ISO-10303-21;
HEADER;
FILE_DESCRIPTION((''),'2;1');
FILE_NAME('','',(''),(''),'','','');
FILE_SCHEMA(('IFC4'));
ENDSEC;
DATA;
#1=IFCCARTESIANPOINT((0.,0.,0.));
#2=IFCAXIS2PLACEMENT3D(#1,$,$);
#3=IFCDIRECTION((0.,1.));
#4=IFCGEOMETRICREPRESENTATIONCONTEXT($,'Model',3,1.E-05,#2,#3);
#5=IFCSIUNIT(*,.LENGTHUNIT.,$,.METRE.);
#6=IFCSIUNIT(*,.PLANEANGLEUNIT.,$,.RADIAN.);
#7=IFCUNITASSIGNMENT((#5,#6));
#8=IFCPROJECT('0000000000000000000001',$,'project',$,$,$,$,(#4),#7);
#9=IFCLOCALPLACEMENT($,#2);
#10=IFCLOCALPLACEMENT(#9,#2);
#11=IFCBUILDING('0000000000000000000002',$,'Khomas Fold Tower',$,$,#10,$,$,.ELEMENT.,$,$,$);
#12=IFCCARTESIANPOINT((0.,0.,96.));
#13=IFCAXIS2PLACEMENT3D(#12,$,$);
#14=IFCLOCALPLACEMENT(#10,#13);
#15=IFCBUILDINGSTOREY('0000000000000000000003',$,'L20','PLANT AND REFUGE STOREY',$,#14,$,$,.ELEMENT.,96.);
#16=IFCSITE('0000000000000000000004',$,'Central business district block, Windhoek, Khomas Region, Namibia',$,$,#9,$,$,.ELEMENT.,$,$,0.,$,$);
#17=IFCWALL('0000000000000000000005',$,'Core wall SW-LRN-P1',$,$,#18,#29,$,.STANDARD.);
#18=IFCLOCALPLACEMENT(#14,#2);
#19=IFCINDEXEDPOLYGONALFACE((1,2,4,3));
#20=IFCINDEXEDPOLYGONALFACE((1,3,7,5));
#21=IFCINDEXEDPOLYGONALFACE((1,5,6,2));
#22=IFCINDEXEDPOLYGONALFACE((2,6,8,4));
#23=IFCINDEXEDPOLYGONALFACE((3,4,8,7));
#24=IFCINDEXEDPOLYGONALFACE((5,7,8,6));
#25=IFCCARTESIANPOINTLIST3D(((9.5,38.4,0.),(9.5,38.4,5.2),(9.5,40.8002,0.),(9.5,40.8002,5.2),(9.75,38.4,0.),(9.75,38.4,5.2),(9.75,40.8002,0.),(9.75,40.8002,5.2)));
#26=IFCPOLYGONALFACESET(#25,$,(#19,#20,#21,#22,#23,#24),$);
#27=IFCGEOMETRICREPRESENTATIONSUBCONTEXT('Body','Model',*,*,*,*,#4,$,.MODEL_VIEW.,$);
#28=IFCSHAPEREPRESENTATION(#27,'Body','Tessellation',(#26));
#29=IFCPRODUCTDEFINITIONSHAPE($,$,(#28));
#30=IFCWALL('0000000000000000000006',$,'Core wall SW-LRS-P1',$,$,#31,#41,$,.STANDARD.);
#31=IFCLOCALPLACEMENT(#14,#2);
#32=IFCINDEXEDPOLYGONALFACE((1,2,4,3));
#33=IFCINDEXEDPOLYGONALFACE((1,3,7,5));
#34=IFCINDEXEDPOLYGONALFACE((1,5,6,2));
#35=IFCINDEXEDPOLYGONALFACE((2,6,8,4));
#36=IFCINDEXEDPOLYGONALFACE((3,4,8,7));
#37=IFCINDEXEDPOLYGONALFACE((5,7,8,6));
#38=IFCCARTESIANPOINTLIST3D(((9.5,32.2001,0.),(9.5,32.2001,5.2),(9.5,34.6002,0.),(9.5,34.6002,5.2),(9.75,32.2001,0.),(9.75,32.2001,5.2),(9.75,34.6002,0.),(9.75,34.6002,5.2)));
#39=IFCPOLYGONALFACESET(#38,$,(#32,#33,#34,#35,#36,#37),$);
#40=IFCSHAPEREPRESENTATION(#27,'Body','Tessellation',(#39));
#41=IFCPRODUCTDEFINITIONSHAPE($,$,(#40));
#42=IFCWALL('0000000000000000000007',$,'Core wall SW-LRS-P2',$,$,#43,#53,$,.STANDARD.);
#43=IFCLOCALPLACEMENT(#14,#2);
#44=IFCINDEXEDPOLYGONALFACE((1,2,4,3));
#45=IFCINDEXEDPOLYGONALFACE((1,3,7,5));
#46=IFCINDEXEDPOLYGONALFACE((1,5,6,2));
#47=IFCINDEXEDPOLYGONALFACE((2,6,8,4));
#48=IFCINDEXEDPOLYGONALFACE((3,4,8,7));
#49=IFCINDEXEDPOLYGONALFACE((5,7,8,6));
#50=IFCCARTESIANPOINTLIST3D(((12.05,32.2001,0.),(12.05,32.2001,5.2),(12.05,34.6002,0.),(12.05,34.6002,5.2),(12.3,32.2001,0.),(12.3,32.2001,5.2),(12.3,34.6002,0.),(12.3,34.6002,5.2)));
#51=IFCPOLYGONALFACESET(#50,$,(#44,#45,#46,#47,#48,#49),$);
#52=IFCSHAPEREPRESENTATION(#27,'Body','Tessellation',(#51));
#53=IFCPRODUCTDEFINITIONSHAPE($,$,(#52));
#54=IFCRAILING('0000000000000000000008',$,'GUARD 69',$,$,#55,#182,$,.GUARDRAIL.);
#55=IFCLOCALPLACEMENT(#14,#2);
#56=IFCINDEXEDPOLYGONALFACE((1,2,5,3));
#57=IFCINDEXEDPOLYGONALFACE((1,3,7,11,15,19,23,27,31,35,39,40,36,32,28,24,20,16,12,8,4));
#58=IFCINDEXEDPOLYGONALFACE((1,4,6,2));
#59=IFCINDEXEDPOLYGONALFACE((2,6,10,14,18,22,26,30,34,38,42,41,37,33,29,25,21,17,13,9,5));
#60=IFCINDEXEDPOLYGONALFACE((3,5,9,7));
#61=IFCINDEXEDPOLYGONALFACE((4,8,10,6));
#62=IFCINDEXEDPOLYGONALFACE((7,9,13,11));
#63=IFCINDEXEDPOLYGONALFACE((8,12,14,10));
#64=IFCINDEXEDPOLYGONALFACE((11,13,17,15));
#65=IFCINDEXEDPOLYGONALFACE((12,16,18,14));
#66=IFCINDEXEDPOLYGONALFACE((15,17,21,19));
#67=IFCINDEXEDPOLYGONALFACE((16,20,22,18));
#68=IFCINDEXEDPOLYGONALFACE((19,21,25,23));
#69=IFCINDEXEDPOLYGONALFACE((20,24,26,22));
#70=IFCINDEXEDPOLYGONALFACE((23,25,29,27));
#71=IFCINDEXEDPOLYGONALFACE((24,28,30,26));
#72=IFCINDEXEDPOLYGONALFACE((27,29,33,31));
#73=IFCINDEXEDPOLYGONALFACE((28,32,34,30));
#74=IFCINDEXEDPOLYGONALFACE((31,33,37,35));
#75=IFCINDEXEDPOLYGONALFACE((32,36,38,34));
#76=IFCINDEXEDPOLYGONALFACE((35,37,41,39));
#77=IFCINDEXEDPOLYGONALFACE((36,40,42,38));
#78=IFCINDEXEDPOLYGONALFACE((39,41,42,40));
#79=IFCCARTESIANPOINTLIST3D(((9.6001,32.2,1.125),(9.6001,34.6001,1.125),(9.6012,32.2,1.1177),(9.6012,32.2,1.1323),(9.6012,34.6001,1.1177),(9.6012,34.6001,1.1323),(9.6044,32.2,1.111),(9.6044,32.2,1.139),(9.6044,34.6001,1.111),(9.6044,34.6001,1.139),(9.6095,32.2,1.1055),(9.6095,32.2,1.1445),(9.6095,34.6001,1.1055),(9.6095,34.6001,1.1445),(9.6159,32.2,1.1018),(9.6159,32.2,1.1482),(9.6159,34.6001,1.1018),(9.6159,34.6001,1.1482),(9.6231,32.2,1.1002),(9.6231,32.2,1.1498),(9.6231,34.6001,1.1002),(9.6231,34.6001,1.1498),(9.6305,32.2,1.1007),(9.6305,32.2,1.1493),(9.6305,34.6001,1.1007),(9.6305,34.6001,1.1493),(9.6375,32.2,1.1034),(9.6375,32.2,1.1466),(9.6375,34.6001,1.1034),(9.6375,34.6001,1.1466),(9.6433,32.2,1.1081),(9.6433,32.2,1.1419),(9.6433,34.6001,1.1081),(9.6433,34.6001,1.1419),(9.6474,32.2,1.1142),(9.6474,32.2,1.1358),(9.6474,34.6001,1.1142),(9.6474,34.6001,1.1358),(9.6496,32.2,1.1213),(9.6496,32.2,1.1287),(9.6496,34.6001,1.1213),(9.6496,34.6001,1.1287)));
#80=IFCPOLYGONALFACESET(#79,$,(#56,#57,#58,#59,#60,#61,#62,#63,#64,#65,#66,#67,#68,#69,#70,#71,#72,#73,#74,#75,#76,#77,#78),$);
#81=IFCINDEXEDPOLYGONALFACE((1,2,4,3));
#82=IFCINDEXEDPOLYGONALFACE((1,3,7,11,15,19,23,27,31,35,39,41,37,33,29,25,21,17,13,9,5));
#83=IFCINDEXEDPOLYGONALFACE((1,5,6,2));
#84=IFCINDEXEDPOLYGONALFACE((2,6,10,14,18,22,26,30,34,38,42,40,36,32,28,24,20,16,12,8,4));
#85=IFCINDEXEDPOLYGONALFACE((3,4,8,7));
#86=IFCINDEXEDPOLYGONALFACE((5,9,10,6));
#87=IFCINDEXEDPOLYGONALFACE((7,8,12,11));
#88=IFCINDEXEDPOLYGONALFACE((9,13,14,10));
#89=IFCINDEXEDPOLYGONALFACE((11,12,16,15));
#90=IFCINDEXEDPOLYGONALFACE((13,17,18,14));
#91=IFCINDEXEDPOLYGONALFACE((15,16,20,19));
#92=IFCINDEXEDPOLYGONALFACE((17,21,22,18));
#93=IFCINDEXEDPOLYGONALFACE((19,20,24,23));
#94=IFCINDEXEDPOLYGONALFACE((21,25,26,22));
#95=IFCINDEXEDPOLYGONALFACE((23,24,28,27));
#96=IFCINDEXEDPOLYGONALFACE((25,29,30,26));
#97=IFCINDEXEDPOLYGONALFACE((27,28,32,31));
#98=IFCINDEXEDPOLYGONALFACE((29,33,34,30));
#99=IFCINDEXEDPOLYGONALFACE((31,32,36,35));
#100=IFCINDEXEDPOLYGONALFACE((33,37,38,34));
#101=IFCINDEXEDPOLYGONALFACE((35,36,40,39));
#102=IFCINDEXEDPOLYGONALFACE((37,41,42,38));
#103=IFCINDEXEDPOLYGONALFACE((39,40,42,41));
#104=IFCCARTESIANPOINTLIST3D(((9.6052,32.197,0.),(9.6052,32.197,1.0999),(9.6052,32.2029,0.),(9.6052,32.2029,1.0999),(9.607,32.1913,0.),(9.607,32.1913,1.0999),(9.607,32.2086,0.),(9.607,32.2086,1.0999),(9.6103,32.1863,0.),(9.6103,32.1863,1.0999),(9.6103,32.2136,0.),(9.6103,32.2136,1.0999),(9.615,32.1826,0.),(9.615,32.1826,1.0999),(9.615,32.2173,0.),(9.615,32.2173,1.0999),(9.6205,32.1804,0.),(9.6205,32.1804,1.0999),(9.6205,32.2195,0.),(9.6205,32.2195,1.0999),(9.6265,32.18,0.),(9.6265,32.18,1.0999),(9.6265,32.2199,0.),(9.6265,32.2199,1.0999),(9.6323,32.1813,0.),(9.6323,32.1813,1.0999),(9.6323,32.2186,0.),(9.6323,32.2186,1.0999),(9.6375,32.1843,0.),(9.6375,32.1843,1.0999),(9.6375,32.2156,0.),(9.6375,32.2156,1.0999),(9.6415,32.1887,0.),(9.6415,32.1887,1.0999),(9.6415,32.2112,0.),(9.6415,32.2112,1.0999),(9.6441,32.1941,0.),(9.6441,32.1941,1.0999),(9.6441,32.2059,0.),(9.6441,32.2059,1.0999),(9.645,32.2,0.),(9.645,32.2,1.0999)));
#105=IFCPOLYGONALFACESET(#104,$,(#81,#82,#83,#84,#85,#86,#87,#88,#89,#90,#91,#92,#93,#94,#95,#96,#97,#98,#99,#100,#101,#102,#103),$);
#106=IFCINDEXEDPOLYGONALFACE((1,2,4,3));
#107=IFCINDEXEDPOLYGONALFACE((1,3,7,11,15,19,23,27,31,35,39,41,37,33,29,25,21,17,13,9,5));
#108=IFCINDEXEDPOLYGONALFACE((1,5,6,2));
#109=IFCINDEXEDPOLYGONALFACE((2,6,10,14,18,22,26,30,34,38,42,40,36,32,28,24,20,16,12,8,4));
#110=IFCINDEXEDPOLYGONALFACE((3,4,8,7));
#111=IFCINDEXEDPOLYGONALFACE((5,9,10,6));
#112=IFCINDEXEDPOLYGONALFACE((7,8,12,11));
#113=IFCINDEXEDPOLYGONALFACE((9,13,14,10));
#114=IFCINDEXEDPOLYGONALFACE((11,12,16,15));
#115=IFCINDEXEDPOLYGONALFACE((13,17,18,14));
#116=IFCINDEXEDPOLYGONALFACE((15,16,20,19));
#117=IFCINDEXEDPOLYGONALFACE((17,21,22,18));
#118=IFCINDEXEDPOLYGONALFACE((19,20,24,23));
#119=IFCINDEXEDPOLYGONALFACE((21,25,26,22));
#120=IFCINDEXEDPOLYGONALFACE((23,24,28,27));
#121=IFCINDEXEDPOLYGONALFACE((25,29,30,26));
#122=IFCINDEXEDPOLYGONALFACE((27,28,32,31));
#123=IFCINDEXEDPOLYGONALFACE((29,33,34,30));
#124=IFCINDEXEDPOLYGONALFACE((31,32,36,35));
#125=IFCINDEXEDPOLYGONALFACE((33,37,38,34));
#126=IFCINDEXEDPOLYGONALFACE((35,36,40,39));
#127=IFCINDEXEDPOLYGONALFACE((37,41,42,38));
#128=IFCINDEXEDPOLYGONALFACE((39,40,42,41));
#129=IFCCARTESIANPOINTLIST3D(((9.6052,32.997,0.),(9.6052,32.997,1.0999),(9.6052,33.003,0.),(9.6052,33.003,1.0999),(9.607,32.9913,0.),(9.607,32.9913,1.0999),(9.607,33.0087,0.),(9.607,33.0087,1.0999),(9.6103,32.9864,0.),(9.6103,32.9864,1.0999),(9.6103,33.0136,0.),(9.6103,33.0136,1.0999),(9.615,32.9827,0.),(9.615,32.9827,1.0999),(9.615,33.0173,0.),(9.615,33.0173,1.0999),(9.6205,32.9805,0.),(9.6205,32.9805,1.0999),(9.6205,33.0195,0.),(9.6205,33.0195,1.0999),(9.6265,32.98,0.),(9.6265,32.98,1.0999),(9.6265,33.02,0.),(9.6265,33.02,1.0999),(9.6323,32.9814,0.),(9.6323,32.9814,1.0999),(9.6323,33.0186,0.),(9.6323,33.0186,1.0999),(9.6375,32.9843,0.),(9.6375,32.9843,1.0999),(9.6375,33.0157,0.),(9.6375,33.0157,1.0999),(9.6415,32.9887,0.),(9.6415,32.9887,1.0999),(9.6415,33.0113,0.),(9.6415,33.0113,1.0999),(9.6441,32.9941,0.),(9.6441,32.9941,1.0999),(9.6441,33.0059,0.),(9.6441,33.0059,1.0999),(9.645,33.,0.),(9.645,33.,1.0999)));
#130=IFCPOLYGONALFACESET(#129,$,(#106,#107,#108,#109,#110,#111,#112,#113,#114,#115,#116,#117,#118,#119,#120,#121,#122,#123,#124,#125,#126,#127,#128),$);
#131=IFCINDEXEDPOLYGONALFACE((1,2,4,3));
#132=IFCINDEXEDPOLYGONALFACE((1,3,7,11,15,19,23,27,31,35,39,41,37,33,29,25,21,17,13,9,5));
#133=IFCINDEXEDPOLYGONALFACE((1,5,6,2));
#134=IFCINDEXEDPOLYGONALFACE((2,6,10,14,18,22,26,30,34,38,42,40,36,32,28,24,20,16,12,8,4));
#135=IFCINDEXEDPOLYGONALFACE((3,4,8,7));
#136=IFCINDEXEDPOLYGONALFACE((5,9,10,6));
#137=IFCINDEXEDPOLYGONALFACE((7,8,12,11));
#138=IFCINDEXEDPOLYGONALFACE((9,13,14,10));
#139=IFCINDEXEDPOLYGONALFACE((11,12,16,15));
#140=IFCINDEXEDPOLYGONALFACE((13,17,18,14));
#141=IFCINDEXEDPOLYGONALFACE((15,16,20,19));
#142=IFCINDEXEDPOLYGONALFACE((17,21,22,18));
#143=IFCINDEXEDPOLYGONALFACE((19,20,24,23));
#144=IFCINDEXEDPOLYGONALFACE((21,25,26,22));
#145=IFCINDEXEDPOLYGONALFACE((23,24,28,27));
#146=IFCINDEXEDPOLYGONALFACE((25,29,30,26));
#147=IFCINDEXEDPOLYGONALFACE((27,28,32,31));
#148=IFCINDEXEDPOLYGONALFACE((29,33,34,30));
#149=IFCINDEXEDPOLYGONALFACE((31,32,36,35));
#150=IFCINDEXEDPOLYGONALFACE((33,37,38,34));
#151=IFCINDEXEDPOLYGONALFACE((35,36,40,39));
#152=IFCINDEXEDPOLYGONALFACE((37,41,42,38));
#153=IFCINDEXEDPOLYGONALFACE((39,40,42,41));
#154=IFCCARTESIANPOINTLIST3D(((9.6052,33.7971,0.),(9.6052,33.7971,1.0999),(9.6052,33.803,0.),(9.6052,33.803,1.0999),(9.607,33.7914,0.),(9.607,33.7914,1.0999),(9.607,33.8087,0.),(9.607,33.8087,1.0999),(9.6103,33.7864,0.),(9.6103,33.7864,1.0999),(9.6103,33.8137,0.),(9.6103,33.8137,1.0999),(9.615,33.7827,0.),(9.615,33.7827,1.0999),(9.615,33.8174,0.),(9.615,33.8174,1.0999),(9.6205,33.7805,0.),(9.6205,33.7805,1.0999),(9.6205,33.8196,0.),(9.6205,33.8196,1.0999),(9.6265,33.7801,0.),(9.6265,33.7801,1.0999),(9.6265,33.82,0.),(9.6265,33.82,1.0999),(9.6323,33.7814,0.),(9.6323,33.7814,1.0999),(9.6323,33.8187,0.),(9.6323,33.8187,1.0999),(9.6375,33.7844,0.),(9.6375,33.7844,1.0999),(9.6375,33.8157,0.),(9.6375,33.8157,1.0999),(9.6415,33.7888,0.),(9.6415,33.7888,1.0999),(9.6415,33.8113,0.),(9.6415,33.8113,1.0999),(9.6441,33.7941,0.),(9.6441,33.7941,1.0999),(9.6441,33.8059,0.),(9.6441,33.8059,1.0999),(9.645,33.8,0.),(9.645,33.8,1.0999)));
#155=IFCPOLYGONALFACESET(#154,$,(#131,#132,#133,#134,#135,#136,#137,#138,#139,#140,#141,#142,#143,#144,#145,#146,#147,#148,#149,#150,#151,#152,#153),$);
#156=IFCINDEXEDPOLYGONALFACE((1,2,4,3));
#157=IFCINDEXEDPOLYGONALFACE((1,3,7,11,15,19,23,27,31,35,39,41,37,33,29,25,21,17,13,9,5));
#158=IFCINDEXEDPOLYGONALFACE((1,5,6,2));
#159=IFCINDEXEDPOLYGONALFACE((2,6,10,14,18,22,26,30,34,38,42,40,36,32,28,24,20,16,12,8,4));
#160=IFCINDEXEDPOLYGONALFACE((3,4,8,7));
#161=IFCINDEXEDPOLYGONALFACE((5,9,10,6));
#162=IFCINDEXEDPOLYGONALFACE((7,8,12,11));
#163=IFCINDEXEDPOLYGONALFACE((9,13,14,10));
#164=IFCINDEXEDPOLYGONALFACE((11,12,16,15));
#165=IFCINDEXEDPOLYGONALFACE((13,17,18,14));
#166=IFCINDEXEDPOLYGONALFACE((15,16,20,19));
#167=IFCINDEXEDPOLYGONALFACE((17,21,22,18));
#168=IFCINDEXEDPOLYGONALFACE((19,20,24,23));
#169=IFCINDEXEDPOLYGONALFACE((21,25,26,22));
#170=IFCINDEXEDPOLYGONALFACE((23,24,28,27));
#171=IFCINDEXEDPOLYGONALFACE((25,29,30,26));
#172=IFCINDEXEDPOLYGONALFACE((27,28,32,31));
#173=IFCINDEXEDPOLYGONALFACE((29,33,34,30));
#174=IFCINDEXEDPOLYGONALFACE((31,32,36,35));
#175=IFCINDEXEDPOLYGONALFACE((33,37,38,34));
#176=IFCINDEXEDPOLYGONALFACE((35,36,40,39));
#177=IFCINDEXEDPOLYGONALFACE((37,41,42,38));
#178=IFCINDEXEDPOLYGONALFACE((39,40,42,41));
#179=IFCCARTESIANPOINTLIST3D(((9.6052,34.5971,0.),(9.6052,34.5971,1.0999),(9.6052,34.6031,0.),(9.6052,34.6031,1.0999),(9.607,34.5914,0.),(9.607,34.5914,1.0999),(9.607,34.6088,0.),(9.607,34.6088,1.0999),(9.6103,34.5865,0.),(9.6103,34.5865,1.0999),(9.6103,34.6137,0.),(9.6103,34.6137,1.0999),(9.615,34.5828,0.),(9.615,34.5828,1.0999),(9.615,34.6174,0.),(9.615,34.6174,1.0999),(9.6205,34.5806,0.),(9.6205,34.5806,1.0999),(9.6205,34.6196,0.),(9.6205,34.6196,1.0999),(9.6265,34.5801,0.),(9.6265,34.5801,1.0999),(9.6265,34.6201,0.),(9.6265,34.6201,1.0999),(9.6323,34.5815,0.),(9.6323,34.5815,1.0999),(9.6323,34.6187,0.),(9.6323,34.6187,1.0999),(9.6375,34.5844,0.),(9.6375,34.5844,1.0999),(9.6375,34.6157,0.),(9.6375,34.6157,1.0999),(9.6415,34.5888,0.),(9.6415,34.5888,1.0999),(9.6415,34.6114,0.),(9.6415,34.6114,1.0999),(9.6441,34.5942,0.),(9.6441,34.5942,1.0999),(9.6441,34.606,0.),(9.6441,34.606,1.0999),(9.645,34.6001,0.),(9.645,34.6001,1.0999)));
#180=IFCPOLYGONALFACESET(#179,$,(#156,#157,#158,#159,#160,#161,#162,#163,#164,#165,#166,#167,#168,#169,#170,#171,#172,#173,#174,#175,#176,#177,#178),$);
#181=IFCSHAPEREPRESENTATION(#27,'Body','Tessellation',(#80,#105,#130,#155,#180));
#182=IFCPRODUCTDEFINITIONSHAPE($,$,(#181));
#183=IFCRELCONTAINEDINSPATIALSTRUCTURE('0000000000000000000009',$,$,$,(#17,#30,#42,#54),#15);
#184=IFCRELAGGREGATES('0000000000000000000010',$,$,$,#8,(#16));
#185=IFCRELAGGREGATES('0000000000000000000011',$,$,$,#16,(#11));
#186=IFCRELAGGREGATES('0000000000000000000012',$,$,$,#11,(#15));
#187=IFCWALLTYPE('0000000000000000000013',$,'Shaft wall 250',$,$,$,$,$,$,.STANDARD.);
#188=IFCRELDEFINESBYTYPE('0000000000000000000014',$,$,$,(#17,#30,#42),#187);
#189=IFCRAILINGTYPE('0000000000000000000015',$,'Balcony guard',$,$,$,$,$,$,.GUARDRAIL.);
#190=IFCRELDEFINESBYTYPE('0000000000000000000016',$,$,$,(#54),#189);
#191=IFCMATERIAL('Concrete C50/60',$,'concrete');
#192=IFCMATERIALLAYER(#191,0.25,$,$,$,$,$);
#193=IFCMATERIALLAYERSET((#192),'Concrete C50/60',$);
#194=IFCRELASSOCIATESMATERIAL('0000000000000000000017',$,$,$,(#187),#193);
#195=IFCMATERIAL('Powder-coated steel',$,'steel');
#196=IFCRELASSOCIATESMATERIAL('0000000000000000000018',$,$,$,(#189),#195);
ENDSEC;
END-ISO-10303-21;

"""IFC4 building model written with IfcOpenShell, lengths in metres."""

from ifc_helpers import new_model, si_unit, direction, frame, frame_2d, origin, origin_2d, place, context, subcontext, project, spatial, rectangle, circle, extrude, source, transform, mapped, material, layer, layer_set, type_object, element, save


model = new_model("IFC4")

# Units and contexts
model_context = context("Model", 3, precision=1e-05, world=origin(), true_north=direction((0.0, 1.0)))
body_context = subcontext(model_context, "Body", "Model", "MODEL_VIEW")
ifc_project = project(units=[si_unit("LENGTHUNIT", "METRE"), si_unit("PLANEANGLEUNIT", "RADIAN")], contexts=[model_context])

# Site, building, storey
site_placement = place(None, origin())
site = spatial("IfcSite", under=ifc_project, at=site_placement, Name="Central business district block, Windhoek, Khomas Region, Namibia", CompositionType="ELEMENT", RefElevation=0.0)
building_placement = place(site_placement, origin())
building = spatial("IfcBuilding", under=site, at=building_placement, Name="Khomas Fold Tower", CompositionType="ELEMENT")
storey_placement = place(building_placement, frame((0.0, 0.0, 96.0)))
storey = spatial("IfcBuildingStorey", under=building, at=storey_placement, Name="L20", Description="PLANT AND REFUGE STOREY", CompositionType="ELEMENT", Elevation=96.0)

# Walls
ifc_material_1 = material(Name="Concrete C50/60", Category="concrete")
ifc_layer_1 = layer(ifc_material_1, 0.25)
ifc_layer_set_1 = layer_set([ifc_layer_1], Name="Concrete C50/60")
wall_type_1 = type_object("IfcWallType", Name="Shaft wall 250", PredefinedType="STANDARD", material=ifc_layer_set_1)
shared_shape_1 = source(origin(), body_context, "Body", "SweptSolid", [
    extrude(rectangle(XDim=2.4001, YDim=0.25, at=frame_2d((1.2002, 0.0))), origin(), (0.0, 0.0, 1.0), 5.2),
])
for number, where, z_axis, x_axis, name in (
    (1, (9.625, 38.3999, 0.0), (0.0, 0.0, 1.0), (0.0, 1.0, 0.0), "Core wall SW-LRN-P1"),
    (2, (9.625, 32.2, 0.0), (0.0, 0.0, 1.0), (0.0, 1.0, 0.0), "Core wall SW-LRS-P1"),
    (3, (12.175, 32.2, 0.0), (0.0, 0.0, 1.0), (0.0, 1.0, 0.0), "Core wall SW-LRS-P2"),
):
    element("IfcWall", number, at=place(storey_placement, frame(where, z_axis=z_axis, x_axis=x_axis)), inside=storey, type_object=wall_type_1, Name=name, PredefinedType="STANDARD", context=body_context, shape_type="MappedRepresentation", body=[
        mapped(shared_shape_1, transform((0.0, 0.0, 0.0))),
    ])

# Railing
ifc_material_2 = material(Name="Powder-coated steel", Category="steel")
railing_type = type_object("IfcRailingType", Name="Balcony guard", PredefinedType="GUARDRAIL", material=ifc_material_2)
shared_shape_2 = source(origin(), body_context, "Body", "SweptSolid", [
    extrude(circle(Radius=0.0249, at=origin_2d()), frame((0.0, 0.0, 1.125), z_axis=(0.0, 1.0, 0.0), x_axis=(-1.0, 0.0, 0.0)), (0.0, 0.0, 1.0), 2.4001),
    extrude(circle(Radius=0.02, at=origin_2d()), origin(), (0.0, 0.0, 1.0), 1.0999),
    extrude(circle(Radius=0.02, at=origin_2d()), frame((0.0, 0.8, 0.0)), (0.0, 0.0, 1.0), 1.0999),
    extrude(circle(Radius=0.02, at=origin_2d()), frame((0.0, 1.6001, 0.0)), (0.0, 0.0, 1.0), 1.0999),
    extrude(circle(Radius=0.02, at=origin_2d()), frame((0.0, 2.4001, 0.0)), (0.0, 0.0, 1.0), 1.0999),
])
for number, where, name in (
    (4, (9.625, 32.2, 0.0), "GUARD 69"),
):
    element("IfcRailing", number, at=place(storey_placement, frame(where)), inside=storey, type_object=railing_type, Name=name, PredefinedType="GUARDRAIL", context=body_context, shape_type="MappedRepresentation", body=[
        mapped(shared_shape_2, transform((0.0, 0.0, 0.0))),
    ])

save(model, "model.ifc")
